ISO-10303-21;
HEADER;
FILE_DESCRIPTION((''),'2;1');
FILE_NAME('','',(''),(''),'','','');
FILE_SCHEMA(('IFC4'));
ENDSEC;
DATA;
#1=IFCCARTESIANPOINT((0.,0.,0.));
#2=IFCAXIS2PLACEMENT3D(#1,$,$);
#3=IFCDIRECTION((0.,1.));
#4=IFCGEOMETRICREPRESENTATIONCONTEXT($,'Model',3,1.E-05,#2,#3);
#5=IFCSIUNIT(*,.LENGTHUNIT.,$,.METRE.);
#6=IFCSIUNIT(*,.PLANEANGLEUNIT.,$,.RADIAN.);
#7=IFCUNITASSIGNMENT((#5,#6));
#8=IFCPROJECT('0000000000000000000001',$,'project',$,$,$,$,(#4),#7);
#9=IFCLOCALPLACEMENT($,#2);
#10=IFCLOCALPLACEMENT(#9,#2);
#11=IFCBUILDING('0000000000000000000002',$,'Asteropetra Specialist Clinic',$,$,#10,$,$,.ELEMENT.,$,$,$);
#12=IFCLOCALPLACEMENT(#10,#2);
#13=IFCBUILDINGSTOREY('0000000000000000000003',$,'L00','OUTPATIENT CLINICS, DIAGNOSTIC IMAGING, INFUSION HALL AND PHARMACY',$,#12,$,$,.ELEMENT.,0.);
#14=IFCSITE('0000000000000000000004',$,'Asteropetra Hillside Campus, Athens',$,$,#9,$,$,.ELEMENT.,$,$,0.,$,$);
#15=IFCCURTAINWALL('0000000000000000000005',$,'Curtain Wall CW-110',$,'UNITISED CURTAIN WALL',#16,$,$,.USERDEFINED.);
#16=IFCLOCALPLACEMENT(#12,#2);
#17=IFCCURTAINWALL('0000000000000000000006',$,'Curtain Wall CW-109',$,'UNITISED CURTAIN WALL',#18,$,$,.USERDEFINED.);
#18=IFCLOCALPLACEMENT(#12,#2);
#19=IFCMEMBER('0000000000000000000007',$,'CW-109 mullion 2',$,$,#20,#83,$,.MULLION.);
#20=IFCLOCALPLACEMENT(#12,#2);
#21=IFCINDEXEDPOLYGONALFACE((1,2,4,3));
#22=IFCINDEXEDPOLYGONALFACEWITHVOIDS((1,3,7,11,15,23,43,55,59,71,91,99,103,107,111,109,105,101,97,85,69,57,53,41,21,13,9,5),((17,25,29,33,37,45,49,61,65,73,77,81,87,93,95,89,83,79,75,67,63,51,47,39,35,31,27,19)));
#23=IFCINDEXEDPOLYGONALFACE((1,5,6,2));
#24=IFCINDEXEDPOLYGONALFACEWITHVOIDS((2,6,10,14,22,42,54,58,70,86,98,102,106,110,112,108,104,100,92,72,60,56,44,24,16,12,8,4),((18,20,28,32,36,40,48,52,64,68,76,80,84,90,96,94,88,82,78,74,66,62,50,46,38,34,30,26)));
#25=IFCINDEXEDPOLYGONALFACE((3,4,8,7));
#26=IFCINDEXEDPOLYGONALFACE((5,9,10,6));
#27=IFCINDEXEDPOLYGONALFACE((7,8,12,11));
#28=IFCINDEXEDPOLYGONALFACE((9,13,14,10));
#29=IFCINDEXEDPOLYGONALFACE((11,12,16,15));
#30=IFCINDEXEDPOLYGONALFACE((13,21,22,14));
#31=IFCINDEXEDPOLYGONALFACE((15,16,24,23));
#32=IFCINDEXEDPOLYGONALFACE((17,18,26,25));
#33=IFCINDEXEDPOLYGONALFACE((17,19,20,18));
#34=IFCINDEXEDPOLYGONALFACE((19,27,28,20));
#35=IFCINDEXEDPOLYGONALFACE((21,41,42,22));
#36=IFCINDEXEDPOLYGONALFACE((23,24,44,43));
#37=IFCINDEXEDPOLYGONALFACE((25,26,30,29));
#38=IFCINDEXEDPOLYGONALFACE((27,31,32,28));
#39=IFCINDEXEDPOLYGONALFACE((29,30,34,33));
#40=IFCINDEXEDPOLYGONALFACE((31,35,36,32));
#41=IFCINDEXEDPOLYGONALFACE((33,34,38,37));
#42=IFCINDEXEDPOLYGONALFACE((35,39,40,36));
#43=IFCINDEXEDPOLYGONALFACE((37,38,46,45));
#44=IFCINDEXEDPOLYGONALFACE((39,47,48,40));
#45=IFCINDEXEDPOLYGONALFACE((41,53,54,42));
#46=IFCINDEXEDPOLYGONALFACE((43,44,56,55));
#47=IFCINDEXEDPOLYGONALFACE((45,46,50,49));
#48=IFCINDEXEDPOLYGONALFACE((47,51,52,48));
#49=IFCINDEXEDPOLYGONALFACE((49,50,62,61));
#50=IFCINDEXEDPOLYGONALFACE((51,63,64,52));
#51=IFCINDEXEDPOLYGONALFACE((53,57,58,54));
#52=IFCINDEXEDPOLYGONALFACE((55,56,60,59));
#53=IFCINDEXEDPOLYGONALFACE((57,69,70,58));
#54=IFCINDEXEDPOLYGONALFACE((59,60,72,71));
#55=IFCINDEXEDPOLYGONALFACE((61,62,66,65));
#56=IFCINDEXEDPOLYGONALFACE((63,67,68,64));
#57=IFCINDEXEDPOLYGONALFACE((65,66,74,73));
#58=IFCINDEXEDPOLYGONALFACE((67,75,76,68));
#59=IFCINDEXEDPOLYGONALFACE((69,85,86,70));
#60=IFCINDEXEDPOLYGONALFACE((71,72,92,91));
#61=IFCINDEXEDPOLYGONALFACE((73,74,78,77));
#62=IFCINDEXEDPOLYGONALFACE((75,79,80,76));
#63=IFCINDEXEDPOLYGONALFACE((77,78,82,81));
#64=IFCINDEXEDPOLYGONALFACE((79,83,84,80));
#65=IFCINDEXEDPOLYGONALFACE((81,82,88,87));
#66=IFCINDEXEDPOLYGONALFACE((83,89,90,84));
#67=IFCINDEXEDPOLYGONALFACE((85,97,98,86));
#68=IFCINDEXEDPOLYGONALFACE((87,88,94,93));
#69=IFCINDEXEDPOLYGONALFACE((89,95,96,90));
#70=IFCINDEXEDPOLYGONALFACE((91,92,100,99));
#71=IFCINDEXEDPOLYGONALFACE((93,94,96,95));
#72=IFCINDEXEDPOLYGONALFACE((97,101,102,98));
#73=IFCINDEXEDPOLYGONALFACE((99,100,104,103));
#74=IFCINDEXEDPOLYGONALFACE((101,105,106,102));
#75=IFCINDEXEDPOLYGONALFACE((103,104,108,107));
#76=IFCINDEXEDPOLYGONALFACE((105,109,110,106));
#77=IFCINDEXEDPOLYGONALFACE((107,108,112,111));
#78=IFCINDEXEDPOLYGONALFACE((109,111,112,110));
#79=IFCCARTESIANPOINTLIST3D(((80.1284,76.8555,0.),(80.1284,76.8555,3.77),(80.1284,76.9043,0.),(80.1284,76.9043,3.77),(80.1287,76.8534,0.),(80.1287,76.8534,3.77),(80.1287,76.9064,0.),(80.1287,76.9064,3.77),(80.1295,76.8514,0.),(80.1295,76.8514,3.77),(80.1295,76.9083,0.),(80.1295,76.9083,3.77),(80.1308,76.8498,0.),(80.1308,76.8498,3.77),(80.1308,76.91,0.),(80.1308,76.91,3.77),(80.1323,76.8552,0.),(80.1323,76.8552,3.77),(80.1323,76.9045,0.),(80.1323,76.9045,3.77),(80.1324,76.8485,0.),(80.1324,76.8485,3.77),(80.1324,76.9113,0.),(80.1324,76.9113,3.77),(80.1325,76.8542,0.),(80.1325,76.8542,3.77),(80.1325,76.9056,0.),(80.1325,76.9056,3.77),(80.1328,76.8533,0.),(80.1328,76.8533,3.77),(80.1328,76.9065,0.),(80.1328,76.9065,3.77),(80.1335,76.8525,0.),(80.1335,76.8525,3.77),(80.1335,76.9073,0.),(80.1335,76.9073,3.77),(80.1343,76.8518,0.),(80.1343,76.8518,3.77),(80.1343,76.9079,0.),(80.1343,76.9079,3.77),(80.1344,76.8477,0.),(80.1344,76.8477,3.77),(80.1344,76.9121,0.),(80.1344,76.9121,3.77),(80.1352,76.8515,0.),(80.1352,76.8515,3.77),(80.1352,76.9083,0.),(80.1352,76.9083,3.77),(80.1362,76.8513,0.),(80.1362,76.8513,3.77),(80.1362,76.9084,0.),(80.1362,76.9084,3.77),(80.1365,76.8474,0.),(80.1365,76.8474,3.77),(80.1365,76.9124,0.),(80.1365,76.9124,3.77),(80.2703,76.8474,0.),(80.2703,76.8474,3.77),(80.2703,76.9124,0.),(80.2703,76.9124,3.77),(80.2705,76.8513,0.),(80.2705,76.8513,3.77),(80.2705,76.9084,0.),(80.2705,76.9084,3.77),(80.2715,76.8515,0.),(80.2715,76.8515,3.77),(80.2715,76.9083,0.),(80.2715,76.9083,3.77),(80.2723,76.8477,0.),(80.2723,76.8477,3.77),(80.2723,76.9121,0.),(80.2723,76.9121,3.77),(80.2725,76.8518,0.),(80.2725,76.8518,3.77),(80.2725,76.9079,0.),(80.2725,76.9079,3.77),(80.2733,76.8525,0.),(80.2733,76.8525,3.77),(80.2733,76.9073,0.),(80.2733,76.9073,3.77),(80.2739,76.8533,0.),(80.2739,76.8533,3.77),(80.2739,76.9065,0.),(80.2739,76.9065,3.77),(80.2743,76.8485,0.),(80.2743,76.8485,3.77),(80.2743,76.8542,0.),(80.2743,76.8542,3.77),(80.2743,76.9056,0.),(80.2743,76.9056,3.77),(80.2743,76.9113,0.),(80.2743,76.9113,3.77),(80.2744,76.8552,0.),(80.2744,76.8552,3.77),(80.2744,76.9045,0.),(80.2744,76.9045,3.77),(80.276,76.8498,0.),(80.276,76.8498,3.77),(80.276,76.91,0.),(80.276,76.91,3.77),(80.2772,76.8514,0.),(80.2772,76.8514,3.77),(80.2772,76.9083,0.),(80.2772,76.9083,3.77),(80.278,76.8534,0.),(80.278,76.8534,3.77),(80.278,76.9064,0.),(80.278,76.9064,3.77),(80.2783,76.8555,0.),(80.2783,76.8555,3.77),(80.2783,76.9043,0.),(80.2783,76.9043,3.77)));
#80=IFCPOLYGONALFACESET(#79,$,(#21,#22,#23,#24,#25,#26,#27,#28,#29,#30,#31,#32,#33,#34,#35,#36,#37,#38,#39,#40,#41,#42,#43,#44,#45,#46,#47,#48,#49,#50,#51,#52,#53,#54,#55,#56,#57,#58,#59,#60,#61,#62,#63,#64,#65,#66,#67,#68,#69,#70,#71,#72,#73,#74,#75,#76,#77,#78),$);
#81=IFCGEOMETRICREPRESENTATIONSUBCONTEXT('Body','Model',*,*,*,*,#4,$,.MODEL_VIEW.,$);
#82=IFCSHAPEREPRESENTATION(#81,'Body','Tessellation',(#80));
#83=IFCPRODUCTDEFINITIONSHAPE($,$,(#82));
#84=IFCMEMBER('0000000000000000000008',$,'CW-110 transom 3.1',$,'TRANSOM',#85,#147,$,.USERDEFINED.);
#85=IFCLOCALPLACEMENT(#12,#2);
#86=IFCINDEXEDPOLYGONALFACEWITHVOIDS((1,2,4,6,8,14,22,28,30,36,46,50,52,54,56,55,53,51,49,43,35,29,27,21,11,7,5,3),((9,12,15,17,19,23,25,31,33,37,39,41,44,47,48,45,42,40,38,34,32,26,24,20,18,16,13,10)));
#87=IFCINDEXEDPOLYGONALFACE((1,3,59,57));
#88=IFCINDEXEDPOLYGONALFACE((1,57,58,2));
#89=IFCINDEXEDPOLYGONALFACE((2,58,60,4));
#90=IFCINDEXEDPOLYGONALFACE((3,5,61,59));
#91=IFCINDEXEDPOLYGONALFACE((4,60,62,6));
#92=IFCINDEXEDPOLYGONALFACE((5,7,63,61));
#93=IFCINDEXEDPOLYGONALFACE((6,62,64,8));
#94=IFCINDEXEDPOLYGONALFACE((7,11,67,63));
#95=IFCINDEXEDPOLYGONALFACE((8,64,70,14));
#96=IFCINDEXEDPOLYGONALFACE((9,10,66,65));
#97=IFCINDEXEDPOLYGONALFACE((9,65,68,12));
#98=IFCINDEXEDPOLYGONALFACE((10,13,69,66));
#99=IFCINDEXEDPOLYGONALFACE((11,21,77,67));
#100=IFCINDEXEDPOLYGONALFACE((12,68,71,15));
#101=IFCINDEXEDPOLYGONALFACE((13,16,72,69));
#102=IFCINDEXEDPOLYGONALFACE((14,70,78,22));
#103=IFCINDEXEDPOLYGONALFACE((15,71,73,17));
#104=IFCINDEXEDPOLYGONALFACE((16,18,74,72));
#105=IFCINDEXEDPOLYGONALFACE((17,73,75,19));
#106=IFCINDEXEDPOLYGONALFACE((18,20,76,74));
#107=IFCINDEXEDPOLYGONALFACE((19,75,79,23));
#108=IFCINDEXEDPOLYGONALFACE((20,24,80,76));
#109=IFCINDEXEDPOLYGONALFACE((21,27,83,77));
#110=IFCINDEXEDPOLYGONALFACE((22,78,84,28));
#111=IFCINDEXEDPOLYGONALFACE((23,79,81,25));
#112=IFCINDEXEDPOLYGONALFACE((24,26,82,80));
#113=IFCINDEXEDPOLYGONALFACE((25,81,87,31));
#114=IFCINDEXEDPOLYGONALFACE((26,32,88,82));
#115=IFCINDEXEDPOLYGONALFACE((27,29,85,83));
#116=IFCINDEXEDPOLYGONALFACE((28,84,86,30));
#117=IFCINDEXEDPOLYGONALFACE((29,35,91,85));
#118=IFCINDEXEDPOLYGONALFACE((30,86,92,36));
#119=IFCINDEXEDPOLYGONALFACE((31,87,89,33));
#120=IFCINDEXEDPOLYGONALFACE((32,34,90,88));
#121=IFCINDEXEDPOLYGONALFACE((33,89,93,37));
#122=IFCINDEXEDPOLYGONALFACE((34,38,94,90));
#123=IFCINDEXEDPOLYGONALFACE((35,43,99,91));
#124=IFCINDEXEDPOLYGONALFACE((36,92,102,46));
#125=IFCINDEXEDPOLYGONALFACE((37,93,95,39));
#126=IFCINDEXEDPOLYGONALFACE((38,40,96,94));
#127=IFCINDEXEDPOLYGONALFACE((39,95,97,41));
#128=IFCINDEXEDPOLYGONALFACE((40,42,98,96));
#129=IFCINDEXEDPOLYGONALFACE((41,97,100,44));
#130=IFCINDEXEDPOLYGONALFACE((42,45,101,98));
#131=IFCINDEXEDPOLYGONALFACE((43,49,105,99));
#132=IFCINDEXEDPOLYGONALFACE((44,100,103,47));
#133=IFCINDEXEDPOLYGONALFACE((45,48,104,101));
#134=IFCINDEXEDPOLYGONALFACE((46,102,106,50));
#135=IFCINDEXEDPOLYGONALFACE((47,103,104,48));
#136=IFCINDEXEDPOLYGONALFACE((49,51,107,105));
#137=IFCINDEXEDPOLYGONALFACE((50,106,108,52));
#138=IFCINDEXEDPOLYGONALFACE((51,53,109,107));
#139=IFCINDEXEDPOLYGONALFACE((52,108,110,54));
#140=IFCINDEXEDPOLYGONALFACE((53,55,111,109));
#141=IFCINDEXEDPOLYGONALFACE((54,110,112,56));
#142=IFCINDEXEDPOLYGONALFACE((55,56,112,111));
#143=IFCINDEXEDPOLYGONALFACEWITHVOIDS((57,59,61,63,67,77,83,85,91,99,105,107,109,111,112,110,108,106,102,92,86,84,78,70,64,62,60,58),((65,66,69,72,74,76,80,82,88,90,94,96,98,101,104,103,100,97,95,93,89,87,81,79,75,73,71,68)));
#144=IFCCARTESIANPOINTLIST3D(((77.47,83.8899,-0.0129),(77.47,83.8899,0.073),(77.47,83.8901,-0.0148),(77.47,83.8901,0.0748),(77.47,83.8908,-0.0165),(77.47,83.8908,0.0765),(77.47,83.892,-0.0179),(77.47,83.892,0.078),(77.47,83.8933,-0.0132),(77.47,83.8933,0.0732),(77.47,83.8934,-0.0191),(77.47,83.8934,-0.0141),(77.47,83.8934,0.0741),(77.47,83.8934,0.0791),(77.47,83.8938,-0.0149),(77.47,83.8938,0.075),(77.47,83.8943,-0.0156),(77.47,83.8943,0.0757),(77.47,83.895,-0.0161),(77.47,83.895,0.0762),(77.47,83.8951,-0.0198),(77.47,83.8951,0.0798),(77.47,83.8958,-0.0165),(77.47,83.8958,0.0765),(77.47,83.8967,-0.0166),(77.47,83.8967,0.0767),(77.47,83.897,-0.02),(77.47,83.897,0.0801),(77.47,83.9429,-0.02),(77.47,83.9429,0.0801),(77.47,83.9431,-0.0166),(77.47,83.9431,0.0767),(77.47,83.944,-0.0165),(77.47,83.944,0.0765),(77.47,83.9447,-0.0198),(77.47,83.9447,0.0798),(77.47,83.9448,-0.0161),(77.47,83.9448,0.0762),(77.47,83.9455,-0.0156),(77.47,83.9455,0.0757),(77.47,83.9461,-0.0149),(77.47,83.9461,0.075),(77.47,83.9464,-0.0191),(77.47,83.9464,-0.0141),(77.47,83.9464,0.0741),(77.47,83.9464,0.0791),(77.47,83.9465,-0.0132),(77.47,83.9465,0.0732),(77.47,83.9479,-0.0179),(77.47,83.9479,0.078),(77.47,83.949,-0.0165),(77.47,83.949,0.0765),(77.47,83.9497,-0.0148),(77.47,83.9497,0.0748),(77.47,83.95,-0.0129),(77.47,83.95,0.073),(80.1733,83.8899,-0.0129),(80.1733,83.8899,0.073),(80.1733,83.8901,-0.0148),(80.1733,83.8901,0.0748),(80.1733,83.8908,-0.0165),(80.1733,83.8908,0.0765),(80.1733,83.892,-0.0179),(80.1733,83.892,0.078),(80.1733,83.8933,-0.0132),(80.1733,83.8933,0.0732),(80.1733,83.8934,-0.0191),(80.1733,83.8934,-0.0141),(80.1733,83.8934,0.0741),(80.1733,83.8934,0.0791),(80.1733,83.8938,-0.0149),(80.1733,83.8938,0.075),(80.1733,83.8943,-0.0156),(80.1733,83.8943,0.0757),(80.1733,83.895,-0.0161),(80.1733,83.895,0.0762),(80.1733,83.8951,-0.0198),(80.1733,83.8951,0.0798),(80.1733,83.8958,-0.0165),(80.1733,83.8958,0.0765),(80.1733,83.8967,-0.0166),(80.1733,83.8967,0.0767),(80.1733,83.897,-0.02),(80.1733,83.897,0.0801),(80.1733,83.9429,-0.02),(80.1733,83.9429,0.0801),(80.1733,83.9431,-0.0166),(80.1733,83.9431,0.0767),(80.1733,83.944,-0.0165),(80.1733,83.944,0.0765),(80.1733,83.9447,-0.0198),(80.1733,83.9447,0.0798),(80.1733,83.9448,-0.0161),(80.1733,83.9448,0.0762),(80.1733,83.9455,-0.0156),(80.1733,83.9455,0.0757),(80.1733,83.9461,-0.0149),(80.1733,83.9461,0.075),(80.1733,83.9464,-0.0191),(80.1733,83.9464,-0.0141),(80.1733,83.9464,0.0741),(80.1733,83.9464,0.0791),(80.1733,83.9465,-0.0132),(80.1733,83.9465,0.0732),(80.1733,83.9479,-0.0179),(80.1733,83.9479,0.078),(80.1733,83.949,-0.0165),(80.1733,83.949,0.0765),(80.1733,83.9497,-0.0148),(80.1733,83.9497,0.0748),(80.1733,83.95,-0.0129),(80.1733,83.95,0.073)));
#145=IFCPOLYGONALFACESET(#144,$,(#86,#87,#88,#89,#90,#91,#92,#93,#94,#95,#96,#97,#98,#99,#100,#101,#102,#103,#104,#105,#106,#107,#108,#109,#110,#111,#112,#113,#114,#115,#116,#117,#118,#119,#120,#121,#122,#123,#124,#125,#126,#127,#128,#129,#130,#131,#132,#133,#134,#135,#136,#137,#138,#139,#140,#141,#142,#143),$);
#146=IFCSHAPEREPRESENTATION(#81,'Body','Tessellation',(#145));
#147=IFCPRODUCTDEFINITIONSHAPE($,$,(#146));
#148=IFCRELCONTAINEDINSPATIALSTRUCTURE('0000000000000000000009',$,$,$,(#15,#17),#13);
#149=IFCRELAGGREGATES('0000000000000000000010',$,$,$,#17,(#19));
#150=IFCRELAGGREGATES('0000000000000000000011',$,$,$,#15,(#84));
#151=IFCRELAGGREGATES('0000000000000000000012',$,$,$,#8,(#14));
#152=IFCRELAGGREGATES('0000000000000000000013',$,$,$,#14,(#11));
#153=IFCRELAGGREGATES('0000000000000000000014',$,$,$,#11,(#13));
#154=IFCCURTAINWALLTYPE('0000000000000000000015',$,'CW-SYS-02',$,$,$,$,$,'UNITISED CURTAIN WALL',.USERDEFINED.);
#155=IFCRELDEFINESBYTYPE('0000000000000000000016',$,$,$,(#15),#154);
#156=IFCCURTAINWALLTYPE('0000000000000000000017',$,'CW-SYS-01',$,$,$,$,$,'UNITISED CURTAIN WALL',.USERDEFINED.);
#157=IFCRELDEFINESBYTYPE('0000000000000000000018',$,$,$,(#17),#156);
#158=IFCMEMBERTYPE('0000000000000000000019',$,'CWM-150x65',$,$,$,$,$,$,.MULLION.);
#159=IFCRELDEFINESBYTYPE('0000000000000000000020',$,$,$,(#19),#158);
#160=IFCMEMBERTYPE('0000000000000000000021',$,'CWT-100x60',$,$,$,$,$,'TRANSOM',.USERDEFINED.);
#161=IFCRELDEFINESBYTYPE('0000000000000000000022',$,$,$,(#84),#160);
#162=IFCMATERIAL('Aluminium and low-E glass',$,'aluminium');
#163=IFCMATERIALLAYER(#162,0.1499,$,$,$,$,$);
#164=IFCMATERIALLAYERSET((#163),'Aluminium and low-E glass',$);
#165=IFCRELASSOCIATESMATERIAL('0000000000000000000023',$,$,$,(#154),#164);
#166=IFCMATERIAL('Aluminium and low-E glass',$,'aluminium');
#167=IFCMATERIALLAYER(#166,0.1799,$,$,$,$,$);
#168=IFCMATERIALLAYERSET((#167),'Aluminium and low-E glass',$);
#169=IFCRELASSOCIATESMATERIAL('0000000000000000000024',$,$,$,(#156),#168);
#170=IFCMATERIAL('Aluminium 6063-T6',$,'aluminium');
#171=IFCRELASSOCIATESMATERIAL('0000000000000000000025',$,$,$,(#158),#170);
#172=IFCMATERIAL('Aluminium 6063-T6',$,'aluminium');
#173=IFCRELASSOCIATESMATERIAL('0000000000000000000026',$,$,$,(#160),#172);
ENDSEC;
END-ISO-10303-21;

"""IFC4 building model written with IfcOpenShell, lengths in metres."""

from ifc_helpers import new_model, si_unit, direction, frame, origin, origin_2d, place, context, subcontext, project, spatial, hollow_rectangle, extrude, material, layer, layer_set, material_profile, profile_set, type_object, element, aggregate, save


model = new_model("IFC4")

# Units and contexts
model_context = context("Model", 3, precision=1e-05, world=origin(), true_north=direction((0.0, 1.0)))
body_context = subcontext(model_context, "Body", "Model", "MODEL_VIEW")
ifc_project = project(units=[si_unit("LENGTHUNIT", "METRE"), si_unit("PLANEANGLEUNIT", "RADIAN")], contexts=[model_context])

# Site, building, storey
site_placement = place(None, origin())
site = spatial("IfcSite", under=ifc_project, at=site_placement, Name="Asteropetra Hillside Campus, Athens", CompositionType="ELEMENT", RefElevation=0.0)
building_placement = place(site_placement, origin())
building = spatial("IfcBuilding", under=site, at=building_placement, Name="Asteropetra Specialist Clinic", CompositionType="ELEMENT")
storey_placement = place(building_placement, origin())
storey = spatial("IfcBuildingStorey", under=building, at=storey_placement, Name="L00", Description="OUTPATIENT CLINICS, DIAGNOSTIC IMAGING, INFUSION HALL AND PHARMACY", CompositionType="ELEMENT", Elevation=0.0)

# Curtain wall
ifc_material_1 = material(Name="Aluminium and low-E glass", Category="aluminium")
ifc_layer_1 = layer(ifc_material_1, 0.1499)
ifc_layer_set_1 = layer_set([ifc_layer_1], Name="Aluminium and low-E glass")
curtain_wall_type_1 = type_object("IfcCurtainWallType", Name="CW-SYS-02", ElementType="UNITISED CURTAIN WALL", PredefinedType="USERDEFINED", material=ifc_layer_set_1)
curtain_wall_1_placement = place(storey_placement, origin())
curtain_wall_1 = element("IfcCurtainWall", 1, at=curtain_wall_1_placement, inside=storey, type_object=curtain_wall_type_1, Name="Curtain Wall CW-110", ObjectType="UNITISED CURTAIN WALL", PredefinedType="USERDEFINED")

# Curtain wall, member
ifc_material_2 = material(Name="Aluminium and low-E glass", Category="aluminium")
ifc_layer_2 = layer(ifc_material_2, 0.1799)
ifc_layer_set_2 = layer_set([ifc_layer_2], Name="Aluminium and low-E glass")
curtain_wall_type_2 = type_object("IfcCurtainWallType", Name="CW-SYS-01", ElementType="UNITISED CURTAIN WALL", PredefinedType="USERDEFINED", material=ifc_layer_set_2)
curtain_wall_2_placement = place(storey_placement, origin())
curtain_wall_2 = element("IfcCurtainWall", 2, at=curtain_wall_2_placement, inside=storey, type_object=curtain_wall_type_2, Name="Curtain Wall CW-109", ObjectType="UNITISED CURTAIN WALL", PredefinedType="USERDEFINED")
ifc_material_3 = material(Name="Aluminium 6063-T6", Category="aluminium")
ifc_material_profile_1 = material_profile(ifc_material_3, hollow_rectangle(XDim=0.0649, YDim=0.1499, WallThickness=0.0039, InnerFilletRadius=0.0039, OuterFilletRadius=0.0081, at=origin_2d()), Name="MUL 150x65x4.0")
ifc_profile_set_1 = profile_set([ifc_material_profile_1], Name="Aluminium 6063-T6")
member_type_1 = type_object("IfcMemberType", Name="CWM-150x65", PredefinedType="MULLION", material=ifc_profile_set_1)
member_1_placement = place(storey_placement, frame((80.2034, 76.8799, 0.0), z_axis=(0.0, 0.0, 1.0), x_axis=(0.0, 1.0, 0.0)))
member_1 = element("IfcMember", 3, at=member_1_placement, type_object=member_type_1, Name="CW-109 mullion 2", PredefinedType="MULLION", context=body_context, shape_type="SweptSolid", body=[
    extrude(hollow_rectangle(XDim=0.0649, YDim=0.1499, WallThickness=0.0039, InnerFilletRadius=0.0039, OuterFilletRadius=0.0081, at=origin_2d()), origin(), (0.0, 0.0, 1.0), 3.77),
])

# Member
ifc_material_4 = material(Name="Aluminium 6063-T6", Category="aluminium")
ifc_material_profile_2 = material_profile(ifc_material_4, hollow_rectangle(XDim=0.0601, YDim=0.1001, WallThickness=0.0034, InnerFilletRadius=0.0034, OuterFilletRadius=0.0071, at=origin_2d()), Name="TRN 100x60x3.5")
ifc_profile_set_2 = profile_set([ifc_material_profile_2], Name="Aluminium 6063-T6")
member_type_2 = type_object("IfcMemberType", Name="CWT-100x60", ElementType="TRANSOM", PredefinedType="USERDEFINED", material=ifc_profile_set_2)
member_2_placement = place(storey_placement, frame((80.1733, 83.9199, 0.03), z_axis=(-1.0, 0.0, 0.0), x_axis=(0.0, -1.0, 0.0)))
member_2 = element("IfcMember", 4, at=member_2_placement, type_object=member_type_2, Name="CW-110 transom 3.1", ObjectType="TRANSOM", PredefinedType="USERDEFINED", context=body_context, shape_type="SweptSolid", body=[
    extrude(hollow_rectangle(XDim=0.0601, YDim=0.1001, WallThickness=0.0034, InnerFilletRadius=0.0034, OuterFilletRadius=0.0071, at=origin_2d()), origin(), (0.0, 0.0, 1.0), 2.7034),
])

aggregate(curtain_wall_2, [member_1])
aggregate(curtain_wall_1, [member_2])

save(model, "model.ifc")
